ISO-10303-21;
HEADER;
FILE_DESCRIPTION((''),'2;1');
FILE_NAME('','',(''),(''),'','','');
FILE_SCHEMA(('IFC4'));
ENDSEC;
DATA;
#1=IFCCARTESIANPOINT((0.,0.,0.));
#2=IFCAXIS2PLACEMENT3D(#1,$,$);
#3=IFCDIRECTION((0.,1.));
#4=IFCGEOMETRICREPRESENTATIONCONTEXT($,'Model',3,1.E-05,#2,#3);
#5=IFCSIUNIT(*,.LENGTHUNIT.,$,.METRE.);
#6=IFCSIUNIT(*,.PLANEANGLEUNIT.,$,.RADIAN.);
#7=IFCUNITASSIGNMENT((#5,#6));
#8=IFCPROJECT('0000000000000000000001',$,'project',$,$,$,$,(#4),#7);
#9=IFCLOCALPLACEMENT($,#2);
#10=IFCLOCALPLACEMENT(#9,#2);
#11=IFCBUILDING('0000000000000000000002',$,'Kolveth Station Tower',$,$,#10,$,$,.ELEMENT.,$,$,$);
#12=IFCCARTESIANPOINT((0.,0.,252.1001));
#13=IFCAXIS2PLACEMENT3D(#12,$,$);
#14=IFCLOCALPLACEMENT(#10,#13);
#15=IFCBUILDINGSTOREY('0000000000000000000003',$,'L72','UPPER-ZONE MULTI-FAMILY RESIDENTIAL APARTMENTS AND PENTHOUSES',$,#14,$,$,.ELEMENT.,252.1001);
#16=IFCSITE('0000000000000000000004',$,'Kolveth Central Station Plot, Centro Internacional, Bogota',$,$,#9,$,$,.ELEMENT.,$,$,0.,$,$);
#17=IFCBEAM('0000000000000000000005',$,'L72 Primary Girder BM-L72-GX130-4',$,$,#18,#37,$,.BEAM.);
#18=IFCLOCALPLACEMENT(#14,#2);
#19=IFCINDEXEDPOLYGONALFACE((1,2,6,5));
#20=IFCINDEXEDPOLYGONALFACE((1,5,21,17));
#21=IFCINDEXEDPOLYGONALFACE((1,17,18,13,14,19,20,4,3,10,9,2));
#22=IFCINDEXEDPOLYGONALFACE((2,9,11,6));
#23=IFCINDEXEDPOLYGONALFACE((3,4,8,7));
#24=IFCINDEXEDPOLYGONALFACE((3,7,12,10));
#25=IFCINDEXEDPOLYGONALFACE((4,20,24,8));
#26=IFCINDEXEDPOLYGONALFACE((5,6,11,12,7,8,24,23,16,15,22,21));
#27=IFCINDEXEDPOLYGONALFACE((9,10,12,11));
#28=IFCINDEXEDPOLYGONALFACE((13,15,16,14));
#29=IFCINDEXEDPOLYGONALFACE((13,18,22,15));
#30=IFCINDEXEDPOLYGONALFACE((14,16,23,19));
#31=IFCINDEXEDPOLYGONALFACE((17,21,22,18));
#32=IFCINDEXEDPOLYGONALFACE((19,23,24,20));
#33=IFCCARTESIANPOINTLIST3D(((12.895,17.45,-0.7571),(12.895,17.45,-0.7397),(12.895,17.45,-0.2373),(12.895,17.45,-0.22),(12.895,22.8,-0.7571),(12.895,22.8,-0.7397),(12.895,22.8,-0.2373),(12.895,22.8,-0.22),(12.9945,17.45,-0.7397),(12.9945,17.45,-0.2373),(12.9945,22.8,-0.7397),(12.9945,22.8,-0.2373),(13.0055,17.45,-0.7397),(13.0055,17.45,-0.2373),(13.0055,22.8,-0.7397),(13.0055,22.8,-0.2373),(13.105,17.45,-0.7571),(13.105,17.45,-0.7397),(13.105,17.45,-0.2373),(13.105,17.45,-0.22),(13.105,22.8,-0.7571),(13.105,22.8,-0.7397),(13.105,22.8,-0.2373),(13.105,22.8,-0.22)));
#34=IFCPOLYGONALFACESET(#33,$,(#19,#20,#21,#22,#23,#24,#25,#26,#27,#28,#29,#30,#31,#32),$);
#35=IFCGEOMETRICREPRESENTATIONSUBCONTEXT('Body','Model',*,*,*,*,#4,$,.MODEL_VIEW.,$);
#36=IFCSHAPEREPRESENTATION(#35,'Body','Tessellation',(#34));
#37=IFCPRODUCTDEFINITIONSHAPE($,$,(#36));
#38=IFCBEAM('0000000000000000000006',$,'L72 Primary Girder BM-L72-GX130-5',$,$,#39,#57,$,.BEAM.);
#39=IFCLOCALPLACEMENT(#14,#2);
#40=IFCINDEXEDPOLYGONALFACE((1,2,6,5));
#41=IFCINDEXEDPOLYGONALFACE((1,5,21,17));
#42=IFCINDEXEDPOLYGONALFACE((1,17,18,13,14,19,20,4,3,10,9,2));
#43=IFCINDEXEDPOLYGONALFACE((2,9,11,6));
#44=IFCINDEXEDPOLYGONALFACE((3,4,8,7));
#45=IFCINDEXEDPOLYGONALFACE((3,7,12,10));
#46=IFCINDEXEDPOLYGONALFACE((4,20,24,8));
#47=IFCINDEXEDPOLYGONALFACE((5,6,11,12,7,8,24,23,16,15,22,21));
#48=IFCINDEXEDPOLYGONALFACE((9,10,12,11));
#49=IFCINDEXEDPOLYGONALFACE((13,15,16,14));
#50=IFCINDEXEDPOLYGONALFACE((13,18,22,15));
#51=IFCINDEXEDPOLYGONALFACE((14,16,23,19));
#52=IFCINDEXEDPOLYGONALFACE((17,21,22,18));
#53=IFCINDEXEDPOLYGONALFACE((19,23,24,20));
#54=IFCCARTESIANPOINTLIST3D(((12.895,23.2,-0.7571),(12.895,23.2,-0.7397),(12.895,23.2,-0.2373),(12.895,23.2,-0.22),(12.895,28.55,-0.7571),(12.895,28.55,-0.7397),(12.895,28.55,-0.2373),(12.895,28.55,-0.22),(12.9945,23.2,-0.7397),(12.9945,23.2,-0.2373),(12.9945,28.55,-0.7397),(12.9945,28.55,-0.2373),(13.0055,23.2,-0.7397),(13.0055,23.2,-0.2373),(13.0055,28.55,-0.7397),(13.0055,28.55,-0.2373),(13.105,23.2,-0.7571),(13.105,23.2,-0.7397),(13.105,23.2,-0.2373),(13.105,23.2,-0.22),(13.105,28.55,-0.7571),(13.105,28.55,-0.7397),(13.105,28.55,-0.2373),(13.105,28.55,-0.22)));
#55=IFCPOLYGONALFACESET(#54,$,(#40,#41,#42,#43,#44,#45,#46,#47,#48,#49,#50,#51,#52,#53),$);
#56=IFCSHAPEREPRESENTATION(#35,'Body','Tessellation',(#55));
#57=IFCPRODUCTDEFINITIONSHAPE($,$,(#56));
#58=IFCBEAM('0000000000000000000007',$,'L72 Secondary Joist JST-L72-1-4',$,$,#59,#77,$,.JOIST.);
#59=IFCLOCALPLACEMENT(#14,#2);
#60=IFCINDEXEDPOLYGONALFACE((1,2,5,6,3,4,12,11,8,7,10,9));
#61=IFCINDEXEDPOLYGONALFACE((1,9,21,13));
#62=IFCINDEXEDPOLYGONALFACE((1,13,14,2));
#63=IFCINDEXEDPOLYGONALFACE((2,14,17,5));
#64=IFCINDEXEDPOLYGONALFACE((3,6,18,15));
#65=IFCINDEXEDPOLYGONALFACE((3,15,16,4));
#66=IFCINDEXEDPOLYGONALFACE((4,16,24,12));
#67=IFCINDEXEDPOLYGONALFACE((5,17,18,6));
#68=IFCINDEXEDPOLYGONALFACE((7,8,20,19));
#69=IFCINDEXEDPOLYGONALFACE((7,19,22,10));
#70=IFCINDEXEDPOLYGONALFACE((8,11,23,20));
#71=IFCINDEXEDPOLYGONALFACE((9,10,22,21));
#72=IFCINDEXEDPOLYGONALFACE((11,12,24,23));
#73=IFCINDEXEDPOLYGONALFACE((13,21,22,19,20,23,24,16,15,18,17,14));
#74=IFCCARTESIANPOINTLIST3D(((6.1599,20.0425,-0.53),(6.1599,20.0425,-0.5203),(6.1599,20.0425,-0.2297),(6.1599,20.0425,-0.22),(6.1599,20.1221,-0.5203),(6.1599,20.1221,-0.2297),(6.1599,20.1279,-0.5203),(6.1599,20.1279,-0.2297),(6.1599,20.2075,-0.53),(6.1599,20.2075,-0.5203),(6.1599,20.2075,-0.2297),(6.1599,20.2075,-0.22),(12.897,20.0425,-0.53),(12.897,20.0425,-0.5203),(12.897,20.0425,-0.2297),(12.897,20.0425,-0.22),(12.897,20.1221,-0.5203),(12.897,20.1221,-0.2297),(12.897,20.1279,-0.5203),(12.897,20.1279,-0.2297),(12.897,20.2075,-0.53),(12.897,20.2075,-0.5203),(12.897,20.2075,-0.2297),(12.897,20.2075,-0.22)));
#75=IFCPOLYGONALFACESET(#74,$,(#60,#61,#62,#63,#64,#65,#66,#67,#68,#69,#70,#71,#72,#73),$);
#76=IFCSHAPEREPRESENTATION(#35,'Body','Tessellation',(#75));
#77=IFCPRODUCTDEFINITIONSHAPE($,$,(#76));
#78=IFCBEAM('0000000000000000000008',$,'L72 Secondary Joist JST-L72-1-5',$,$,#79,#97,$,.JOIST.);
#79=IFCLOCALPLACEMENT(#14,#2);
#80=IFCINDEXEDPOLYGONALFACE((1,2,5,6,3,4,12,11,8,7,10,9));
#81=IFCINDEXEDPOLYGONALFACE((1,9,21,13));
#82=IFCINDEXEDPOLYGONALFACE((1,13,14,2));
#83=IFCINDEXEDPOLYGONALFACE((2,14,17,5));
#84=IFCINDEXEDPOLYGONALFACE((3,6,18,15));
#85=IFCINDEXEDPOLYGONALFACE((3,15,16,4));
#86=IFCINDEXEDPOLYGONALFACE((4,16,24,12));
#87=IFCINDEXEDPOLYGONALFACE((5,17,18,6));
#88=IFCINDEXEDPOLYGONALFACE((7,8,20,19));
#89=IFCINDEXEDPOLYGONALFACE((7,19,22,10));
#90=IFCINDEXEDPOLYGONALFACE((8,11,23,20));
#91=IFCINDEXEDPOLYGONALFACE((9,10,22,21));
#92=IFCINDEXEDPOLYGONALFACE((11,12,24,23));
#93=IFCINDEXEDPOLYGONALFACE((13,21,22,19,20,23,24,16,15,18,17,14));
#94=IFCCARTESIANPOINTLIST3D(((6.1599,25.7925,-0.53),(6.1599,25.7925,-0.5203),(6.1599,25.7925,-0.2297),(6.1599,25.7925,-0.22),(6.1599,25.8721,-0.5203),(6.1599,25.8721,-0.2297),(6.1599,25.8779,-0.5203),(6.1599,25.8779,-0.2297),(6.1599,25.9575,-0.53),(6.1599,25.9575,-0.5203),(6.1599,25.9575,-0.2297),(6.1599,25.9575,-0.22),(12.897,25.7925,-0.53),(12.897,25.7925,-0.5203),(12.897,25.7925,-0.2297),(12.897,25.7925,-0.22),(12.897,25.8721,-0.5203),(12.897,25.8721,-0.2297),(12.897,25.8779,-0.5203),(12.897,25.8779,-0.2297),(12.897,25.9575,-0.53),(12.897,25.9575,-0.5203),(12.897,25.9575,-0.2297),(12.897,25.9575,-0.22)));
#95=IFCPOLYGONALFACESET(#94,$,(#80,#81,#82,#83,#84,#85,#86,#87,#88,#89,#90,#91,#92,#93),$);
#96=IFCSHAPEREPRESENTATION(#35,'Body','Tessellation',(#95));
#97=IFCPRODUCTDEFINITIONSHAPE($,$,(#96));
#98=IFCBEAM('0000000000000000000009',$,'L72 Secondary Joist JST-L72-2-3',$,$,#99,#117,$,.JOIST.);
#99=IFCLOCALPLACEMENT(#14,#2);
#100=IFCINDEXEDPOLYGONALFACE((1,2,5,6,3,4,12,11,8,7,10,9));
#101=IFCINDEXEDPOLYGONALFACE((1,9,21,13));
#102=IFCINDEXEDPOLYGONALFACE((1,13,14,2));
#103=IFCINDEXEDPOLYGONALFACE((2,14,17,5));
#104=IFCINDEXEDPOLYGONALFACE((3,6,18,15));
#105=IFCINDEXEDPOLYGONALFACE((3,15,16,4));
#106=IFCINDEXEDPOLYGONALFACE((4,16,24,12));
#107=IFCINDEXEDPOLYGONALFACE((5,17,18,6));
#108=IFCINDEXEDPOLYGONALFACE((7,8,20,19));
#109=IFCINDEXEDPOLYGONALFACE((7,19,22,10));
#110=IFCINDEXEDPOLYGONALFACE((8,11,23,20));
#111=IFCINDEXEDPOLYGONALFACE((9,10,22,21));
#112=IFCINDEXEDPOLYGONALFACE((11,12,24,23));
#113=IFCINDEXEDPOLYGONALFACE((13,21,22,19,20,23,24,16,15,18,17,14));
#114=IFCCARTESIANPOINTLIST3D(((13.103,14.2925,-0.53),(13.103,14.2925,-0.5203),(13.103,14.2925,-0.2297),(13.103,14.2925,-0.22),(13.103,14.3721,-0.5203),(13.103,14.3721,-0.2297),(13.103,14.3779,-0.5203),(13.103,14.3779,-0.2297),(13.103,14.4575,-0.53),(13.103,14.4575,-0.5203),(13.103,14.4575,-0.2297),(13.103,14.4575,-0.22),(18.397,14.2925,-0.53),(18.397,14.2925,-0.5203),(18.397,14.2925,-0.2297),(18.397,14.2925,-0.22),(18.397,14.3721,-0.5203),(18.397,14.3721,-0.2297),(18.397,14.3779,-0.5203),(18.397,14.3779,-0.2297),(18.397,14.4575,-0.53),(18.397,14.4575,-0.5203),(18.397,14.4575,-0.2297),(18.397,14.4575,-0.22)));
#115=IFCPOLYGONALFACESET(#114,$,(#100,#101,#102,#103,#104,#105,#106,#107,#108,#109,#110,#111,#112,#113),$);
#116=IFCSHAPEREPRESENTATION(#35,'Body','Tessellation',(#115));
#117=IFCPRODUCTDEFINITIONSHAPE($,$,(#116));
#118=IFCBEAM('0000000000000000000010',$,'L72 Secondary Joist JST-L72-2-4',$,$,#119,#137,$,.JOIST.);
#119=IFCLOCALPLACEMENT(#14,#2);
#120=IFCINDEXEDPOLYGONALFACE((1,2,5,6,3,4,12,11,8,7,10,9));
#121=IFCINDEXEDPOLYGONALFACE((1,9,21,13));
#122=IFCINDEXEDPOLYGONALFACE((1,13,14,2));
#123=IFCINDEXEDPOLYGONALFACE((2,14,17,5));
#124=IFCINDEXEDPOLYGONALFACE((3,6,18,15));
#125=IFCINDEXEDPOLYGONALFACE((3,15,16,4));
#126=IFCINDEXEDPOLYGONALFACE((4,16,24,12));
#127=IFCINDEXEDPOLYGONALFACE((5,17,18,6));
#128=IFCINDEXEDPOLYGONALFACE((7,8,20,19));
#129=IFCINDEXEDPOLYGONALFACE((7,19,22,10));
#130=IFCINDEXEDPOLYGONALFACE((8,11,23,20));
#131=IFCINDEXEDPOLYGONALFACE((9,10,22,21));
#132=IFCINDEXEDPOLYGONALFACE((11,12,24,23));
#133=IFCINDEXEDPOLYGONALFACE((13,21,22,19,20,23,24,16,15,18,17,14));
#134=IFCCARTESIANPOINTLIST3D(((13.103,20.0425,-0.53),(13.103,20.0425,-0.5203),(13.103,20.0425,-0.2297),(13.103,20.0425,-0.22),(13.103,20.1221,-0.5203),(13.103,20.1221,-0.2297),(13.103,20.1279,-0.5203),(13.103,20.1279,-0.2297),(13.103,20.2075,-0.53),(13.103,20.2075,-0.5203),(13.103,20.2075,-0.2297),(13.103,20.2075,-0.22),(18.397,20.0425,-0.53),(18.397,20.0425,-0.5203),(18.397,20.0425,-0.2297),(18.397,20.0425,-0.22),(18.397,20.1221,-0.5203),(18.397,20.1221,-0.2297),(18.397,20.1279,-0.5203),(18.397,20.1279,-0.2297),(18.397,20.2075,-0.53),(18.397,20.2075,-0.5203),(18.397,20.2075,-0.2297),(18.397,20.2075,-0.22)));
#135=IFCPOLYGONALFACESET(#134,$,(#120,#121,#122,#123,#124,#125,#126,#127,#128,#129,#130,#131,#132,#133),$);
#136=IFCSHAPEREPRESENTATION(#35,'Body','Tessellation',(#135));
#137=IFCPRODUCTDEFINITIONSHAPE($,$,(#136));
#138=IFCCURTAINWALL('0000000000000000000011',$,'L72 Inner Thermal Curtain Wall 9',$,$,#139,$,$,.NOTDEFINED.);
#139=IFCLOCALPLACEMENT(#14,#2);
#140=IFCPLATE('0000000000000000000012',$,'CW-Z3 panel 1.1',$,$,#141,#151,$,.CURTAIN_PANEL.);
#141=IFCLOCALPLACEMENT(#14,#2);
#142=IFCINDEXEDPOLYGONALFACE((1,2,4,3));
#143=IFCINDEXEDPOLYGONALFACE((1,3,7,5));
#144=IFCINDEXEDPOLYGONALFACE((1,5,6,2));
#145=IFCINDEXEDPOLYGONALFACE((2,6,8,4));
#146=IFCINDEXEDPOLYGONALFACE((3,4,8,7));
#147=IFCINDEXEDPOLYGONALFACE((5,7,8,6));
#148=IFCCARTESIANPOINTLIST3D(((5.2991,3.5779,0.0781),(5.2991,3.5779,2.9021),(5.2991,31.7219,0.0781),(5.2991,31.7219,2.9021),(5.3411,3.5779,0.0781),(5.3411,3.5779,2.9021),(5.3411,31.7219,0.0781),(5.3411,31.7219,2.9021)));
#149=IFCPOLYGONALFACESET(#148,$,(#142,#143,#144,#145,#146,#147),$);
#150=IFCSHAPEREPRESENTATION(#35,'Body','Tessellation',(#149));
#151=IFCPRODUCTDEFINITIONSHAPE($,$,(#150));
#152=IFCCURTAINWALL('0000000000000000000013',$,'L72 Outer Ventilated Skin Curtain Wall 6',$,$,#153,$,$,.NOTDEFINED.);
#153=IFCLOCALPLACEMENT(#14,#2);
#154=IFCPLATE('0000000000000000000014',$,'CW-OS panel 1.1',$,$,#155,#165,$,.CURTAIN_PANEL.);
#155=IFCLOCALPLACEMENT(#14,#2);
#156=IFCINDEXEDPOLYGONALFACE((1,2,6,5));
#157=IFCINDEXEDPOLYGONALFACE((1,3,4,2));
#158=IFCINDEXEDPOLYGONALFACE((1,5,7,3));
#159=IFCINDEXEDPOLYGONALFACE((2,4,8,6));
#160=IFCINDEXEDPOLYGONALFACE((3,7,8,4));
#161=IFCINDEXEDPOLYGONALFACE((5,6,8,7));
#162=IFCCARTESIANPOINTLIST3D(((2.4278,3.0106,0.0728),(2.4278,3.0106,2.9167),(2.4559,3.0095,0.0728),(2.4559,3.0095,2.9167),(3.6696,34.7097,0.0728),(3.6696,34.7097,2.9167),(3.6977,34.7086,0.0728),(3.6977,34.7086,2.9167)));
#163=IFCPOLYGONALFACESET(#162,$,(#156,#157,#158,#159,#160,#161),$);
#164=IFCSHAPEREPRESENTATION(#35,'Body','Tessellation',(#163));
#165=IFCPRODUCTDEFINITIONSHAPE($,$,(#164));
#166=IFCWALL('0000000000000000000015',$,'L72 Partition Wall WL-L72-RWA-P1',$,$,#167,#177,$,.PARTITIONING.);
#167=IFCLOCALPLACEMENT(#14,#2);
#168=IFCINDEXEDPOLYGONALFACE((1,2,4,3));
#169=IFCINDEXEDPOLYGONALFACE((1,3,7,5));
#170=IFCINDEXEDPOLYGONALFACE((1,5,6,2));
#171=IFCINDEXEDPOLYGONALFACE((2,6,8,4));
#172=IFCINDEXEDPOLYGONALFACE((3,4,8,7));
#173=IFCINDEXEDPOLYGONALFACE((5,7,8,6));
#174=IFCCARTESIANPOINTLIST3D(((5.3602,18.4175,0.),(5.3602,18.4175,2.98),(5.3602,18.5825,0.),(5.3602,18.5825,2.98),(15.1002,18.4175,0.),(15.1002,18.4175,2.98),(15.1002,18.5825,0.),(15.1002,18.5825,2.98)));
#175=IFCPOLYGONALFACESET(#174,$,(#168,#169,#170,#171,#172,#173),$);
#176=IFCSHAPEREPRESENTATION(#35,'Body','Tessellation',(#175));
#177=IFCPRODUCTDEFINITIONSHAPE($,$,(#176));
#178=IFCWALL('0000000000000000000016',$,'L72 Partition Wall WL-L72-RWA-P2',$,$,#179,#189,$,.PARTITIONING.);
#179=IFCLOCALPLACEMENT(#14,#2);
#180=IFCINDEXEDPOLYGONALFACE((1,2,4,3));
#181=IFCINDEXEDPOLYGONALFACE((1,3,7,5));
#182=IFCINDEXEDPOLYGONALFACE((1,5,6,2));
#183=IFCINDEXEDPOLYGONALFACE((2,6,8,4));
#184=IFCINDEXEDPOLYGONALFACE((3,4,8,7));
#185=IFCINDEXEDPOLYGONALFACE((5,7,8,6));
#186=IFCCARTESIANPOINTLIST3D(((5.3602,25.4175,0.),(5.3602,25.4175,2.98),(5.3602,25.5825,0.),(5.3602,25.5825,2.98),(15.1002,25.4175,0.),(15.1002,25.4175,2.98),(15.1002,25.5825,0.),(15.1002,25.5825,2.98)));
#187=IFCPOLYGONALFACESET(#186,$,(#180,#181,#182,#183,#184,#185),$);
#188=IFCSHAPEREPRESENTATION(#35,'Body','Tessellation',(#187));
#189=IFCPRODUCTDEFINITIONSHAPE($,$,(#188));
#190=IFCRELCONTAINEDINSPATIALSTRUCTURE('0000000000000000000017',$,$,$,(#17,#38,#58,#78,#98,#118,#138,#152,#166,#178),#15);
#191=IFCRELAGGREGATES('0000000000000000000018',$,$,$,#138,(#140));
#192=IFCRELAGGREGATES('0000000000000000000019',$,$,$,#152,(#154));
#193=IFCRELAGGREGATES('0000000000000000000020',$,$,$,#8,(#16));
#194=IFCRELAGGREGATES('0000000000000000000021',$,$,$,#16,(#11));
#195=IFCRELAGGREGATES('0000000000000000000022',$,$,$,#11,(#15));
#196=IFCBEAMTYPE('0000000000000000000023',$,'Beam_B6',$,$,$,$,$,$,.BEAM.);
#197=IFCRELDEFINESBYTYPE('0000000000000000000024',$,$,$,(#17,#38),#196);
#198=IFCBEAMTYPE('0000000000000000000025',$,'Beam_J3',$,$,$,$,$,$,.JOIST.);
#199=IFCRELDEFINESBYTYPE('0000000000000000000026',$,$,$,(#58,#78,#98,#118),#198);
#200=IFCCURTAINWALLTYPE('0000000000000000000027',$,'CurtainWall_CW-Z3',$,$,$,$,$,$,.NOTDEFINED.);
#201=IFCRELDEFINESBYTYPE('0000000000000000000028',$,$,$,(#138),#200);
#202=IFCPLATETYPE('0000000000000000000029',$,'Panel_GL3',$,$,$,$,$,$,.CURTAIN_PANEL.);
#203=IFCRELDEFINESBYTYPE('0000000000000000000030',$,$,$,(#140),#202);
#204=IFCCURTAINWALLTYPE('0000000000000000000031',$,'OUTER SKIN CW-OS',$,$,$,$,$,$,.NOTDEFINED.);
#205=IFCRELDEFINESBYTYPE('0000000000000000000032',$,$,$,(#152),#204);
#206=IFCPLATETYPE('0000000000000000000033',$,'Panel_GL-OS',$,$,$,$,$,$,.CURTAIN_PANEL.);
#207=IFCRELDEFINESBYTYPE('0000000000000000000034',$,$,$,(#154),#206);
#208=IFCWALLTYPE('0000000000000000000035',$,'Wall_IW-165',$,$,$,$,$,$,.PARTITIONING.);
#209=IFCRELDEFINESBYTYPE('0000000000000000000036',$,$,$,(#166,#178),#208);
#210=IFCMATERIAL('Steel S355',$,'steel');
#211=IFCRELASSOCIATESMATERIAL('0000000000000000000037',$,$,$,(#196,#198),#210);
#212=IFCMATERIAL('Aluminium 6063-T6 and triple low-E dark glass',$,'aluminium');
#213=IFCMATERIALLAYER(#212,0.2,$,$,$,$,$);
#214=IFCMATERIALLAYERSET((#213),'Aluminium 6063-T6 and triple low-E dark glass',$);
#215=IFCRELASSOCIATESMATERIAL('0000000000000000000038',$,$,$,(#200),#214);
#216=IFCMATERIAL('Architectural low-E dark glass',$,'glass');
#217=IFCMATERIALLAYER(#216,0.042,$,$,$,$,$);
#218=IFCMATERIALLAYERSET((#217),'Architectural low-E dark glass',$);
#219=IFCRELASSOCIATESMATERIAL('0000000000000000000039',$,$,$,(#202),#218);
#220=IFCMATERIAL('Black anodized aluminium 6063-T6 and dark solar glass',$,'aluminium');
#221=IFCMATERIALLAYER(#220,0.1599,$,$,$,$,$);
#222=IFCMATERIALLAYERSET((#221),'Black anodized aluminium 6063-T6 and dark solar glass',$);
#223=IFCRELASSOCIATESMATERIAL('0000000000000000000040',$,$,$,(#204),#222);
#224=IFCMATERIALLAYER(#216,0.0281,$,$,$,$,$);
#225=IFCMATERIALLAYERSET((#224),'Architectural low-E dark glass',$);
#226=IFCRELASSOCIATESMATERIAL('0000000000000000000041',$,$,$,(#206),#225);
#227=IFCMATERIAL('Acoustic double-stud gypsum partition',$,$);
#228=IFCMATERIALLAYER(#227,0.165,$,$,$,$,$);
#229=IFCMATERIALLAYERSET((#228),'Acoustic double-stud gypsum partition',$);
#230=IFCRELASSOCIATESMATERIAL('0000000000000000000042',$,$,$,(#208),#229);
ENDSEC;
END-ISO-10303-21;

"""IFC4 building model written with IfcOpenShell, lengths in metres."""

from ifc_helpers import new_model, si_unit, direction, frame, frame_2d, origin, origin_2d, place, context, subcontext, project, spatial, rectangle, i_section, extrude, source, transform, mapped, material, layer, layer_set, material_profile, profile_set, type_object, element, aggregate, save


model = new_model("IFC4")

# Units and contexts
model_context = context("Model", 3, precision=1e-05, world=origin(), true_north=direction((0.0, 1.0)))
body_context = subcontext(model_context, "Body", "Model", "MODEL_VIEW")
ifc_project = project(units=[si_unit("LENGTHUNIT", "METRE"), si_unit("PLANEANGLEUNIT", "RADIAN")], contexts=[model_context])

# Site, building, storey
site_placement = place(None, origin())
site = spatial("IfcSite", under=ifc_project, at=site_placement, Name="Kolveth Central Station Plot, Centro Internacional, Bogota", CompositionType="ELEMENT", RefElevation=0.0)
building_placement = place(site_placement, origin())
building = spatial("IfcBuilding", under=site, at=building_placement, Name="Kolveth Station Tower", CompositionType="ELEMENT")
storey_placement = place(building_placement, frame((0.0, 0.0, 252.1001)))
storey = spatial("IfcBuildingStorey", under=building, at=storey_placement, Name="L72", Description="UPPER-ZONE MULTI-FAMILY RESIDENTIAL APARTMENTS AND PENTHOUSES", CompositionType="ELEMENT", Elevation=252.1001)

# Shared definitions
ifc_material_1 = material(Name="Steel S355", Category="steel")

# Beams
ifc_material_profile_1 = material_profile(ifc_material_1, i_section(OverallWidth=0.21, OverallDepth=0.5371, WebThickness=0.011, FlangeThickness=0.0173, at=origin_2d()), Name="W530x101")
ifc_profile_set_1 = profile_set([ifc_material_profile_1], Name="Steel S355")
beam_type_1 = type_object("IfcBeamType", Name="Beam_B6", PredefinedType="BEAM", material=ifc_profile_set_1)
shared_shape_1 = source(origin(), body_context, "Body", "SweptSolid", [
    extrude(i_section(OverallWidth=0.21, OverallDepth=0.5371, WebThickness=0.011, FlangeThickness=0.0173, at=origin_2d()), origin(), (0.0, 0.0, 1.0), 5.3501),
])
for number, where, z_axis, x_axis, name in (
    (1, (13.0, 17.45, -0.4885), (0.0, 1.0, 0.0), (-1.0, 0.0, 0.0), "L72 Primary Girder BM-L72-GX130-4"),
    (2, (13.0, 23.2, -0.4885), (0.0, 1.0, 0.0), (-1.0, 0.0, 0.0), "L72 Primary Girder BM-L72-GX130-5"),
):
    element("IfcBeam", number, at=place(storey_placement, frame(where, z_axis=z_axis, x_axis=x_axis)), inside=storey, type_object=beam_type_1, Name=name, PredefinedType="BEAM", context=body_context, shape_type="MappedRepresentation", body=[
        mapped(shared_shape_1, transform((0.0, 0.0, 0.0), x_axis=(1.0, 0.0, 0.0), y_axis=(0.0, 1.0, 0.0), z_axis=(0.0, 0.0, 1.0), scale=1.0)),
    ])
ifc_material_profile_2 = material_profile(ifc_material_1, i_section(OverallWidth=0.165, OverallDepth=0.3101, WebThickness=0.0059, FlangeThickness=0.0098, at=origin_2d()), Name="W310x39")
ifc_profile_set_2 = profile_set([ifc_material_profile_2], Name="Steel S355")
beam_type_2 = type_object("IfcBeamType", Name="Beam_J3", PredefinedType="JOIST", material=ifc_profile_set_2)
shared_shape_2 = source(origin(), body_context, "Body", "SweptSolid", [
    extrude(i_section(OverallWidth=0.165, OverallDepth=0.3101, WebThickness=0.0059, FlangeThickness=0.0098, at=origin_2d()), origin(), (0.0, 0.0, 1.0), 6.7371),
])
for number, where, z_axis, x_axis, name in (
    (3, (6.1599, 20.125, -0.375), (1.0, 0.0, 0.0), (0.0, 1.0, 0.0), "L72 Secondary Joist JST-L72-1-4"),
    (4, (6.1599, 25.875, -0.375), (1.0, 0.0, 0.0), (0.0, 1.0, 0.0), "L72 Secondary Joist JST-L72-1-5"),
):
    element("IfcBeam", number, at=place(storey_placement, frame(where, z_axis=z_axis, x_axis=x_axis)), inside=storey, type_object=beam_type_2, Name=name, PredefinedType="JOIST", context=body_context, shape_type="MappedRepresentation", body=[
        mapped(shared_shape_2, transform((0.0, 0.0, 0.0), x_axis=(1.0, 0.0, 0.0), y_axis=(0.0, 1.0, 0.0), z_axis=(0.0, 0.0, 1.0), scale=1.0)),
    ])
shared_shape_3 = source(origin(), body_context, "Body", "SweptSolid", [
    extrude(i_section(OverallWidth=0.165, OverallDepth=0.3101, WebThickness=0.0059, FlangeThickness=0.0098, at=origin_2d()), origin(), (0.0, 0.0, 1.0), 5.2939),
])
for number, where, z_axis, x_axis, name in (
    (5, (13.103, 14.375, -0.375), (1.0, 0.0, 0.0), (0.0, 1.0, 0.0), "L72 Secondary Joist JST-L72-2-3"),
    (6, (13.103, 20.125, -0.375), (1.0, 0.0, 0.0), (0.0, 1.0, 0.0), "L72 Secondary Joist JST-L72-2-4"),
):
    element("IfcBeam", number, at=place(storey_placement, frame(where, z_axis=z_axis, x_axis=x_axis)), inside=storey, type_object=beam_type_2, Name=name, PredefinedType="JOIST", context=body_context, shape_type="MappedRepresentation", body=[
        mapped(shared_shape_3, transform((0.0, 0.0, 0.0), x_axis=(1.0, 0.0, 0.0), y_axis=(0.0, 1.0, 0.0), z_axis=(0.0, 0.0, 1.0), scale=1.0)),
    ])

# Curtain walls, plates
ifc_material_2 = material(Name="Aluminium 6063-T6 and triple low-E dark glass", Category="aluminium")
ifc_layer_1 = layer(ifc_material_2, 0.2)
ifc_layer_set_1 = layer_set([ifc_layer_1], Name="Aluminium 6063-T6 and triple low-E dark glass")
curtain_wall_type_1 = type_object("IfcCurtainWallType", Name="CurtainWall_CW-Z3", PredefinedType="NOTDEFINED", material=ifc_layer_set_1)
curtain_wall_1_placement = place(storey_placement, origin())
curtain_wall_1 = element("IfcCurtainWall", 7, at=curtain_wall_1_placement, inside=storey, type_object=curtain_wall_type_1, Name="L72 Inner Thermal Curtain Wall 9", PredefinedType="NOTDEFINED")
ifc_material_3 = material(Name="Architectural low-E dark glass", Category="glass")
ifc_layer_2 = layer(ifc_material_3, 0.042)
ifc_layer_set_2 = layer_set([ifc_layer_2], Name="Architectural low-E dark glass")
plate_type_1 = type_object("IfcPlateType", Name="Panel_GL3", PredefinedType="CURTAIN_PANEL", material=ifc_layer_set_2)
shared_shape_4 = source(origin(), body_context, "Body", "SweptSolid", [
    extrude(rectangle(XDim=28.144, YDim=0.042, at=origin_2d()), origin(), (0.0, 0.0, 1.0), 2.824),
])
plate_1_placement = place(storey_placement, frame((5.3201, 17.6499, 0.0781), z_axis=(0.0, 0.0, 1.0), x_axis=(0.0, -1.0, 0.0)))
plate_1 = element("IfcPlate", 8, at=plate_1_placement, type_object=plate_type_1, Name="CW-Z3 panel 1.1", PredefinedType="CURTAIN_PANEL", context=body_context, shape_type="MappedRepresentation", body=[
    mapped(shared_shape_4, transform((0.0, 0.0, 0.0), x_axis=(1.0, 0.0, 0.0), y_axis=(0.0, 1.0, 0.0), z_axis=(0.0, 0.0, 1.0), scale=1.0)),
])
aggregate(curtain_wall_1, [plate_1])
ifc_material_4 = material(Name="Black anodized aluminium 6063-T6 and dark solar glass", Category="aluminium")
ifc_layer_3 = layer(ifc_material_4, 0.1599)
ifc_layer_set_3 = layer_set([ifc_layer_3], Name="Black anodized aluminium 6063-T6 and dark solar glass")
curtain_wall_type_2 = type_object("IfcCurtainWallType", Name="OUTER SKIN CW-OS", PredefinedType="NOTDEFINED", material=ifc_layer_set_3)
curtain_wall_2_placement = place(storey_placement, origin())
curtain_wall_2 = element("IfcCurtainWall", 9, at=curtain_wall_2_placement, inside=storey, type_object=curtain_wall_type_2, Name="L72 Outer Ventilated Skin Curtain Wall 6", PredefinedType="NOTDEFINED")
ifc_layer_4 = layer(ifc_material_3, 0.0281)
ifc_layer_set_4 = layer_set([ifc_layer_4], Name="Architectural low-E dark glass")
plate_type_2 = type_object("IfcPlateType", Name="Panel_GL-OS", PredefinedType="CURTAIN_PANEL", material=ifc_layer_set_4)
shared_shape_5 = source(origin(), body_context, "Body", "SweptSolid", [
    extrude(rectangle(XDim=31.7234, YDim=0.0281, at=origin_2d()), origin(), (0.0, 0.0, 1.0), 2.844),
])
plate_2_placement = place(storey_placement, frame((3.0627, 18.8596, 0.0728), z_axis=(0.0, 0.0, 1.0), x_axis=(-0.039145, -0.999234, 0.0)))
plate_2 = element("IfcPlate", 10, at=plate_2_placement, type_object=plate_type_2, Name="CW-OS panel 1.1", PredefinedType="CURTAIN_PANEL", context=body_context, shape_type="MappedRepresentation", body=[
    mapped(shared_shape_5, transform((0.0, 0.0, 0.0), x_axis=(1.0, 0.0, 0.0), y_axis=(0.0, 1.0, 0.0), z_axis=(0.0, 0.0, 1.0), scale=1.0)),
])
aggregate(curtain_wall_2, [plate_2])

# Walls
ifc_material_5 = material(Name="Acoustic double-stud gypsum partition")
ifc_layer_5 = layer(ifc_material_5, 0.165)
ifc_layer_set_5 = layer_set([ifc_layer_5], Name="Acoustic double-stud gypsum partition")
wall_type = type_object("IfcWallType", Name="Wall_IW-165", PredefinedType="PARTITIONING", material=ifc_layer_set_5)
for number, where, z_axis, x_axis, name in (
    (11, (5.3601, 18.5, 0.0), (0.0, 0.0, 1.0), (1.0, 0.0, 0.0), "L72 Partition Wall WL-L72-RWA-P1"),
    (12, (5.3601, 25.5, 0.0), (0.0, 0.0, 1.0), (1.0, 0.0, 0.0), "L72 Partition Wall WL-L72-RWA-P2"),
):
    element("IfcWall", number, at=place(storey_placement, frame(where, z_axis=z_axis, x_axis=x_axis)), inside=storey, type_object=wall_type, Name=name, PredefinedType="PARTITIONING", context=body_context, shape_type="SweptSolid", body=[
        extrude(rectangle(XDim=9.74, YDim=0.165, at=frame_2d((4.8701, 0.0))), origin(), (0.0, 0.0, 1.0), 2.98),
    ])

save(model, "model.ifc")
